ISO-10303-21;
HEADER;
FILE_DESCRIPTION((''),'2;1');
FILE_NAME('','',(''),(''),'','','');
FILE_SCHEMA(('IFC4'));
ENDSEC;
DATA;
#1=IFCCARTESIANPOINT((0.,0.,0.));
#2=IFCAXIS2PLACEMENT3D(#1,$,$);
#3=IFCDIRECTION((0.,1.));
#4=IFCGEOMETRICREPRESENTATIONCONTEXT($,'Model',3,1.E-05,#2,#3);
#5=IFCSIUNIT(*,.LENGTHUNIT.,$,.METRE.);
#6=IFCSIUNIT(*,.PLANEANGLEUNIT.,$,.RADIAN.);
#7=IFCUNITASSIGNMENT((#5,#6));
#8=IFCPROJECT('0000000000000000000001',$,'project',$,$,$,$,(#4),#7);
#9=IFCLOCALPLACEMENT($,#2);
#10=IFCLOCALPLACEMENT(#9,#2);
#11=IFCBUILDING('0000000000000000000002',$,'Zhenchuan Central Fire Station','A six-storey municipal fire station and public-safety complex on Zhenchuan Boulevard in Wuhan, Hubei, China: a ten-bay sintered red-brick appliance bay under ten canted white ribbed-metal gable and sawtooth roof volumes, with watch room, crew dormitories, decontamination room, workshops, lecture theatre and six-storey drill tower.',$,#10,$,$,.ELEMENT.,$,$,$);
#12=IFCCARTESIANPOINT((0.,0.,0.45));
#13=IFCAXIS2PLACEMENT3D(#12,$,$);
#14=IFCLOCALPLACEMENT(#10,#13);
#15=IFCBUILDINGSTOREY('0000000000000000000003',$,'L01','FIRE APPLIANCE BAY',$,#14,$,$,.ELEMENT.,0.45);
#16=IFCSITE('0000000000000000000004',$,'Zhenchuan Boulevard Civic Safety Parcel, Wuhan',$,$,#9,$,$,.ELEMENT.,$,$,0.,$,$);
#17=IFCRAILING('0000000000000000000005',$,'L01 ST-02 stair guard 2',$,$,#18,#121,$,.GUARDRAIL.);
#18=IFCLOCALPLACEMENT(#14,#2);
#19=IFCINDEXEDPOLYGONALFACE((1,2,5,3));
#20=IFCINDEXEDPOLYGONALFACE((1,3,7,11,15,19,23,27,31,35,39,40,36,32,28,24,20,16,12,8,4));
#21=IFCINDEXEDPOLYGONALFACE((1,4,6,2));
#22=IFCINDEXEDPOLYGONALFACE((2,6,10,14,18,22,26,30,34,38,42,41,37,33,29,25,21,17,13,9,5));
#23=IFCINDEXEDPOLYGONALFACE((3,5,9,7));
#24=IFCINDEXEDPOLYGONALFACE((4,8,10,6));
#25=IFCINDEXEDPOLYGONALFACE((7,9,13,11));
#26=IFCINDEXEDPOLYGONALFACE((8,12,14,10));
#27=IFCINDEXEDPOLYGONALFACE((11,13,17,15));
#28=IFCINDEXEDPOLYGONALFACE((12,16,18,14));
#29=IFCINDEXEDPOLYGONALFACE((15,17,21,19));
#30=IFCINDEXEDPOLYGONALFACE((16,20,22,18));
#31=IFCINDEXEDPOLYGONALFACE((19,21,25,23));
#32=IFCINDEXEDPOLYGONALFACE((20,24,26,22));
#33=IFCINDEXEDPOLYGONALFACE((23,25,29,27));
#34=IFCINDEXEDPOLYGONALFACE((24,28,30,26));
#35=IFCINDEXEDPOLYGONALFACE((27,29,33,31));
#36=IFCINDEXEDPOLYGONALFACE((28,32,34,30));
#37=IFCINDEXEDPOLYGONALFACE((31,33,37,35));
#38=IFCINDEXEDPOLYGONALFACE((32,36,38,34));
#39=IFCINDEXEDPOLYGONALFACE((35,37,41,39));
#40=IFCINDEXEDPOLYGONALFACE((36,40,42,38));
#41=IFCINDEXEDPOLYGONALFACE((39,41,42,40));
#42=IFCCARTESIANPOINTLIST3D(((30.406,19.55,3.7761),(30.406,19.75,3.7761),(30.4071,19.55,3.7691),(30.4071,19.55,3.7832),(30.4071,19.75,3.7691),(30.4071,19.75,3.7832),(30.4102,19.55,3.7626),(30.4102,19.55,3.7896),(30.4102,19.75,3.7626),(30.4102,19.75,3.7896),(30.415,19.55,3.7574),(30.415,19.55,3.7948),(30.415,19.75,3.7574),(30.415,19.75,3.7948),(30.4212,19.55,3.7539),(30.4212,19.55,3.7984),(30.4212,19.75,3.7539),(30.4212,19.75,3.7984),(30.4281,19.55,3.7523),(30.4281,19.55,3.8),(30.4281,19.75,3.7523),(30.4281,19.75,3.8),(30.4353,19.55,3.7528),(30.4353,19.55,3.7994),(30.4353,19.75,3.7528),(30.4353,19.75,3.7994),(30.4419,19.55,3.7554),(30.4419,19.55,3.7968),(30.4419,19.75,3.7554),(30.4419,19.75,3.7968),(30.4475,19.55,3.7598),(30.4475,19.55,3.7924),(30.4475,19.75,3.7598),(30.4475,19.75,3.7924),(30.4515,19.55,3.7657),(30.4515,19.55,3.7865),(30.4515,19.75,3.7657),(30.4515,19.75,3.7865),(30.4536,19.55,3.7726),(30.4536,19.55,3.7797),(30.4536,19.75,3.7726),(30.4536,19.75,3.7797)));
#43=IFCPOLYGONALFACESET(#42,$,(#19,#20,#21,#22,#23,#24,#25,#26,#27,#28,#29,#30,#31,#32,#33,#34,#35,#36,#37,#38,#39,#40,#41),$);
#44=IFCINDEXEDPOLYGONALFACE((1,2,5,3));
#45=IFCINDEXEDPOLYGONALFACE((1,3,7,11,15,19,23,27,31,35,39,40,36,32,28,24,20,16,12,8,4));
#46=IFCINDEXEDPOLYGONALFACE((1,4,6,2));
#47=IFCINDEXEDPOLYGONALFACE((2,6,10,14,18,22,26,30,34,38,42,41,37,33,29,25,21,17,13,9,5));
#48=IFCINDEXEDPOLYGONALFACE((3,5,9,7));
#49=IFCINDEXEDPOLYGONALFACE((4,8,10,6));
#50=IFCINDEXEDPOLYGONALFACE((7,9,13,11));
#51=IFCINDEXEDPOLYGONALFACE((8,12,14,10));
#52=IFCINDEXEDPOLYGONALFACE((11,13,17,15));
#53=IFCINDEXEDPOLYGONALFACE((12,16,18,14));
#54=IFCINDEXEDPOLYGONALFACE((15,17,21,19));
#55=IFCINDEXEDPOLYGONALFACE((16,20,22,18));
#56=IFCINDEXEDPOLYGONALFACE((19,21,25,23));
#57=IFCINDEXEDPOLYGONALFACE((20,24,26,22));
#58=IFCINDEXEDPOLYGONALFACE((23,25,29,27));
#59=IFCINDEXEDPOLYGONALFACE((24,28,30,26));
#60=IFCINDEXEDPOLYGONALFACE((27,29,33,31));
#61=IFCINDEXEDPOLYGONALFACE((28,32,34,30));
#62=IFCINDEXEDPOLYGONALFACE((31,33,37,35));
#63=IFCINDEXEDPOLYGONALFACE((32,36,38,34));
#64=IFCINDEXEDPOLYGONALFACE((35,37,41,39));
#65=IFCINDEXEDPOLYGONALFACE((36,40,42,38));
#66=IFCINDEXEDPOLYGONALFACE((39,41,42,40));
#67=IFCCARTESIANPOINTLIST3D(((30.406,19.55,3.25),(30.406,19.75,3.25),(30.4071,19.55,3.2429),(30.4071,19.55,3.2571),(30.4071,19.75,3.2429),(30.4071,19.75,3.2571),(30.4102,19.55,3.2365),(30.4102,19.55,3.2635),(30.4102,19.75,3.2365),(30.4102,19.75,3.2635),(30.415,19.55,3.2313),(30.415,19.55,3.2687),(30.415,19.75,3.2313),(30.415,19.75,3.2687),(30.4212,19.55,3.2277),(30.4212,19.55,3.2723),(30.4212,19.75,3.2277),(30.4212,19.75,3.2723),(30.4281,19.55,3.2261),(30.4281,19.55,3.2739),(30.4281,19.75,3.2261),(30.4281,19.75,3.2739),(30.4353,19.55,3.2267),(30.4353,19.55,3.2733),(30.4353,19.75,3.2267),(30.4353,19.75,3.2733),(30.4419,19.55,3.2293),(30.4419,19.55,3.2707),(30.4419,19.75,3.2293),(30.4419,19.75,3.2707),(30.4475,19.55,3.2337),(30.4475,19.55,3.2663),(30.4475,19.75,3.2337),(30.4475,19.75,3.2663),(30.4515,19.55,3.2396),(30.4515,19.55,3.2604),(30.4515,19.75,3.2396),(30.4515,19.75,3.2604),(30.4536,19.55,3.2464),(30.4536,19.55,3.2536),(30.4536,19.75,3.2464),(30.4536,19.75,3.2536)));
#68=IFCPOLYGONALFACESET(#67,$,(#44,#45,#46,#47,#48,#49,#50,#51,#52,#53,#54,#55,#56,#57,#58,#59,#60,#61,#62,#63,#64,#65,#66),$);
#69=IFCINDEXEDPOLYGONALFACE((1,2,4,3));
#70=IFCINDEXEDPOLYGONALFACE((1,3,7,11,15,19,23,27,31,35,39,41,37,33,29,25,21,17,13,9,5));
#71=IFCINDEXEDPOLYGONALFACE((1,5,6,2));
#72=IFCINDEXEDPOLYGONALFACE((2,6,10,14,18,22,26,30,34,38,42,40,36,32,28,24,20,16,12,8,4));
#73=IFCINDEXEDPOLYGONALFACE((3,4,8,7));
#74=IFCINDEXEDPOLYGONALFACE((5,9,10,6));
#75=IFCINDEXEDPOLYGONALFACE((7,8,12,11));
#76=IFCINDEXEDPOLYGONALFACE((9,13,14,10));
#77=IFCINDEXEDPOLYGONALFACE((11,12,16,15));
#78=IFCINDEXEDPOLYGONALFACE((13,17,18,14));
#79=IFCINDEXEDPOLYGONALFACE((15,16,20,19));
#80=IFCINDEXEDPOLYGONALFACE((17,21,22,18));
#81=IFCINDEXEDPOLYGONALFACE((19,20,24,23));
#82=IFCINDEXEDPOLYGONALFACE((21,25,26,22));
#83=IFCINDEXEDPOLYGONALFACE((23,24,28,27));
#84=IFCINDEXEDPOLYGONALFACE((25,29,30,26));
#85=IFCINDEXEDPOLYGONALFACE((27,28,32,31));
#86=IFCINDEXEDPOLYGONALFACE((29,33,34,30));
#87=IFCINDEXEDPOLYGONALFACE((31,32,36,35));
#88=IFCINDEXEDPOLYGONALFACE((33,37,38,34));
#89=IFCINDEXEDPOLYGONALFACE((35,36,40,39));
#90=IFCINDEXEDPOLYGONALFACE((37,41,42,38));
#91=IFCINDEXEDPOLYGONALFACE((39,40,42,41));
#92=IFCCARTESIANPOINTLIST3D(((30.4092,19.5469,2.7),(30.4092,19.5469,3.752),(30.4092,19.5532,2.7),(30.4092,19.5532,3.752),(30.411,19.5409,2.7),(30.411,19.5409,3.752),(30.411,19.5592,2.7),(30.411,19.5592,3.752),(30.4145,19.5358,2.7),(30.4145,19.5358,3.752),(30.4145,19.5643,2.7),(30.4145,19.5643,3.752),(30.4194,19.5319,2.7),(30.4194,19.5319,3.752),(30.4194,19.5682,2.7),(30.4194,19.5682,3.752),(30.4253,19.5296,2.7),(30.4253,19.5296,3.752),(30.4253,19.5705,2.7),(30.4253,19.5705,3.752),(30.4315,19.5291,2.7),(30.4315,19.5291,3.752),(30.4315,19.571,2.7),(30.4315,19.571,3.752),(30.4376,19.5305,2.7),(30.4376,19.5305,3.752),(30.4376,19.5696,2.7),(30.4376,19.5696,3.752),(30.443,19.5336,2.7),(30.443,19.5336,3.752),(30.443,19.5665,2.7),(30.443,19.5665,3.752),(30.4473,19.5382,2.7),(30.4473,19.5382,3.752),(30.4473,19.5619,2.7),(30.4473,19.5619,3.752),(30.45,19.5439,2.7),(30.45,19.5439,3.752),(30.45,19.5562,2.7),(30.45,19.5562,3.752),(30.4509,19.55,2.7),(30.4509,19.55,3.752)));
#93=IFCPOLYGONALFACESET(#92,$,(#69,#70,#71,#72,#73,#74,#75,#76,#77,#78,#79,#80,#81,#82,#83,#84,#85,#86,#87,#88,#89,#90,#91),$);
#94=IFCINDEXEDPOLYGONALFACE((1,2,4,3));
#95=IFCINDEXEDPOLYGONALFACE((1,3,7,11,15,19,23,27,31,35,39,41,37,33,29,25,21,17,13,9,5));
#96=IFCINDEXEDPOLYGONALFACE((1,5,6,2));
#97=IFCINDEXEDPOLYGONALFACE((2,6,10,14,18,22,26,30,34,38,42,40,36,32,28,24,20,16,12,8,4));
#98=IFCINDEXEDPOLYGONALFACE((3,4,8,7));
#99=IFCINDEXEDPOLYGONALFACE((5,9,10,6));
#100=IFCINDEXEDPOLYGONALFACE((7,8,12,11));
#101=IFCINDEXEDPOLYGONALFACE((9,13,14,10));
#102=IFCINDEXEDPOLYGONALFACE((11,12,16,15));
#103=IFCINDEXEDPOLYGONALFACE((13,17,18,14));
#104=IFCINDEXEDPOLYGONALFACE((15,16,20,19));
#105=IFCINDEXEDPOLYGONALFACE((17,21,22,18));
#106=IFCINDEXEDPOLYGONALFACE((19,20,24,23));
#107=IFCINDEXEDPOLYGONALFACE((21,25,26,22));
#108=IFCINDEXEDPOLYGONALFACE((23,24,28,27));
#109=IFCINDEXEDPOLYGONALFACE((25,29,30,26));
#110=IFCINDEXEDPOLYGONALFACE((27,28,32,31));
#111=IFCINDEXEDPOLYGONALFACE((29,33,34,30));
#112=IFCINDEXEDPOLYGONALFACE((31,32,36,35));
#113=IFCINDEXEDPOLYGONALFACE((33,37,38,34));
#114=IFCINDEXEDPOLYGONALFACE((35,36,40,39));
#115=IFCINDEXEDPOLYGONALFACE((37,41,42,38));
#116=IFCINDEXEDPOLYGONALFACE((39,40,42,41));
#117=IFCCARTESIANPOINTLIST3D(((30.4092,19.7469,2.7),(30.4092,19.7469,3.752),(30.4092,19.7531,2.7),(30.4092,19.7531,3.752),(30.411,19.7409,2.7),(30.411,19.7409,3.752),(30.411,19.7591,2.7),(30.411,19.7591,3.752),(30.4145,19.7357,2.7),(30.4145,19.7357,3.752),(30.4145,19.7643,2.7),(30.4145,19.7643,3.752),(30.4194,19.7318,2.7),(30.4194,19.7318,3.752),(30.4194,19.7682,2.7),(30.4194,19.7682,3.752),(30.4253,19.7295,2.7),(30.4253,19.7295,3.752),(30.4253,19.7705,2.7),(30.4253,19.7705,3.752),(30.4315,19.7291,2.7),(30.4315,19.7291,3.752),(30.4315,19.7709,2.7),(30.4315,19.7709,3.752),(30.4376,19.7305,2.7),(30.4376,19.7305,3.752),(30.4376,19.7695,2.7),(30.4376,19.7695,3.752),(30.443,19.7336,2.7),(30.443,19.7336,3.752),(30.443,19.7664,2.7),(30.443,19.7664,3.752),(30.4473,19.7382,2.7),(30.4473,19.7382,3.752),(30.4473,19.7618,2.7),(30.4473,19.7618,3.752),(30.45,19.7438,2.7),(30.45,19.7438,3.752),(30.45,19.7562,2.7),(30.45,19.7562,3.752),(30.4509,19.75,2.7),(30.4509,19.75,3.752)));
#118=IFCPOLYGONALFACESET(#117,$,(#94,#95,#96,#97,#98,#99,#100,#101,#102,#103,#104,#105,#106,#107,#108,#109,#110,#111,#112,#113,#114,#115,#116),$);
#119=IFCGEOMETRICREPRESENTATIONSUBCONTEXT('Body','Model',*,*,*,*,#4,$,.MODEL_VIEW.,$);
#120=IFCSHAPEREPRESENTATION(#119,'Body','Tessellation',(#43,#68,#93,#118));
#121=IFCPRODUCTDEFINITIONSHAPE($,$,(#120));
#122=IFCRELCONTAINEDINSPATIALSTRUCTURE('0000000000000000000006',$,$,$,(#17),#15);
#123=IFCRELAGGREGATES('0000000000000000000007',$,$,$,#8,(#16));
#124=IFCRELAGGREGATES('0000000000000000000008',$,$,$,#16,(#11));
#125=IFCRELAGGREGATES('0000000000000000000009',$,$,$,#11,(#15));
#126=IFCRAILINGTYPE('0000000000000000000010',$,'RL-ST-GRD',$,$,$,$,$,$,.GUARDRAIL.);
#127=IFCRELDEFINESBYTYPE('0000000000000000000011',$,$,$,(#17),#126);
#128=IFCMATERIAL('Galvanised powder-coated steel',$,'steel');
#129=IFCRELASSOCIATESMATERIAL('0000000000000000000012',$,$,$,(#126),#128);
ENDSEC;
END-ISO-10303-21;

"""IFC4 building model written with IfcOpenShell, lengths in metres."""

from ifc_helpers import new_model, si_unit, direction, frame, origin, origin_2d, place, context, subcontext, project, spatial, circle, extrude, material, type_object, element, save


model = new_model("IFC4")

# Units and contexts
model_context = context("Model", 3, precision=1e-05, world=origin(), true_north=direction((0.0, 1.0)))
body_context = subcontext(model_context, "Body", "Model", "MODEL_VIEW")
ifc_project = project(units=[si_unit("LENGTHUNIT", "METRE"), si_unit("PLANEANGLEUNIT", "RADIAN")], contexts=[model_context])

# Site, building, storey
site_placement = place(None, origin())
site = spatial("IfcSite", under=ifc_project, at=site_placement, Name="Zhenchuan Boulevard Civic Safety Parcel, Wuhan", CompositionType="ELEMENT", RefElevation=0.0)
building_placement = place(site_placement, origin())
building = spatial("IfcBuilding", under=site, at=building_placement, Name="Zhenchuan Central Fire Station", Description="A six-storey municipal fire station and public-safety complex on Zhenchuan Boulevard in Wuhan, Hubei, China: a ten-bay sintered red-brick appliance bay under ten canted white ribbed-metal gable and sawtooth roof volumes, with watch room, crew dormitories, decontamination room, workshops, lecture theatre and six-storey drill tower.", CompositionType="ELEMENT")
storey_placement = place(building_placement, frame((0.0, 0.0, 0.45)))
storey = spatial("IfcBuildingStorey", under=building, at=storey_placement, Name="L01", Description="FIRE APPLIANCE BAY", CompositionType="ELEMENT", Elevation=0.45)

# Railing
ifc_material_1 = material(Name="Galvanised powder-coated steel", Category="steel")
railing_type_1 = type_object("IfcRailingType", Name="RL-ST-GRD", PredefinedType="GUARDRAIL", material=ifc_material_1)
railing_1_placement = place(storey_placement, frame((30.4299, 19.55, 2.7)))
element("IfcRailing", 1, at=railing_1_placement, inside=storey, type_object=railing_type_1, Name="L01 ST-02 stair guard 2", PredefinedType="GUARDRAIL", context=body_context, shape_type="SweptSolid", body=[
    extrude(circle(Radius=0.0239, at=origin_2d()), frame((0.0, 0.0, 1.0762), z_axis=(0.0, 1.0, 0.0), x_axis=(-1.0, 0.0, 0.0)), (0.0, 0.0, 1.0), 0.2),
    extrude(circle(Radius=0.0239, at=origin_2d()), frame((0.0, 0.0, 0.55), z_axis=(0.0, 1.0, 0.0), x_axis=(-1.0, 0.0, 0.0)), (0.0, 0.0, 1.0), 0.2),
    extrude(circle(Radius=0.021, at=origin_2d()), origin(), (0.0, 0.0, 1.0), 1.052),
    extrude(circle(Radius=0.021, at=origin_2d()), frame((0.0, 0.2, 0.0)), (0.0, 0.0, 1.0), 1.052),
])

save(model, "model.ifc")
